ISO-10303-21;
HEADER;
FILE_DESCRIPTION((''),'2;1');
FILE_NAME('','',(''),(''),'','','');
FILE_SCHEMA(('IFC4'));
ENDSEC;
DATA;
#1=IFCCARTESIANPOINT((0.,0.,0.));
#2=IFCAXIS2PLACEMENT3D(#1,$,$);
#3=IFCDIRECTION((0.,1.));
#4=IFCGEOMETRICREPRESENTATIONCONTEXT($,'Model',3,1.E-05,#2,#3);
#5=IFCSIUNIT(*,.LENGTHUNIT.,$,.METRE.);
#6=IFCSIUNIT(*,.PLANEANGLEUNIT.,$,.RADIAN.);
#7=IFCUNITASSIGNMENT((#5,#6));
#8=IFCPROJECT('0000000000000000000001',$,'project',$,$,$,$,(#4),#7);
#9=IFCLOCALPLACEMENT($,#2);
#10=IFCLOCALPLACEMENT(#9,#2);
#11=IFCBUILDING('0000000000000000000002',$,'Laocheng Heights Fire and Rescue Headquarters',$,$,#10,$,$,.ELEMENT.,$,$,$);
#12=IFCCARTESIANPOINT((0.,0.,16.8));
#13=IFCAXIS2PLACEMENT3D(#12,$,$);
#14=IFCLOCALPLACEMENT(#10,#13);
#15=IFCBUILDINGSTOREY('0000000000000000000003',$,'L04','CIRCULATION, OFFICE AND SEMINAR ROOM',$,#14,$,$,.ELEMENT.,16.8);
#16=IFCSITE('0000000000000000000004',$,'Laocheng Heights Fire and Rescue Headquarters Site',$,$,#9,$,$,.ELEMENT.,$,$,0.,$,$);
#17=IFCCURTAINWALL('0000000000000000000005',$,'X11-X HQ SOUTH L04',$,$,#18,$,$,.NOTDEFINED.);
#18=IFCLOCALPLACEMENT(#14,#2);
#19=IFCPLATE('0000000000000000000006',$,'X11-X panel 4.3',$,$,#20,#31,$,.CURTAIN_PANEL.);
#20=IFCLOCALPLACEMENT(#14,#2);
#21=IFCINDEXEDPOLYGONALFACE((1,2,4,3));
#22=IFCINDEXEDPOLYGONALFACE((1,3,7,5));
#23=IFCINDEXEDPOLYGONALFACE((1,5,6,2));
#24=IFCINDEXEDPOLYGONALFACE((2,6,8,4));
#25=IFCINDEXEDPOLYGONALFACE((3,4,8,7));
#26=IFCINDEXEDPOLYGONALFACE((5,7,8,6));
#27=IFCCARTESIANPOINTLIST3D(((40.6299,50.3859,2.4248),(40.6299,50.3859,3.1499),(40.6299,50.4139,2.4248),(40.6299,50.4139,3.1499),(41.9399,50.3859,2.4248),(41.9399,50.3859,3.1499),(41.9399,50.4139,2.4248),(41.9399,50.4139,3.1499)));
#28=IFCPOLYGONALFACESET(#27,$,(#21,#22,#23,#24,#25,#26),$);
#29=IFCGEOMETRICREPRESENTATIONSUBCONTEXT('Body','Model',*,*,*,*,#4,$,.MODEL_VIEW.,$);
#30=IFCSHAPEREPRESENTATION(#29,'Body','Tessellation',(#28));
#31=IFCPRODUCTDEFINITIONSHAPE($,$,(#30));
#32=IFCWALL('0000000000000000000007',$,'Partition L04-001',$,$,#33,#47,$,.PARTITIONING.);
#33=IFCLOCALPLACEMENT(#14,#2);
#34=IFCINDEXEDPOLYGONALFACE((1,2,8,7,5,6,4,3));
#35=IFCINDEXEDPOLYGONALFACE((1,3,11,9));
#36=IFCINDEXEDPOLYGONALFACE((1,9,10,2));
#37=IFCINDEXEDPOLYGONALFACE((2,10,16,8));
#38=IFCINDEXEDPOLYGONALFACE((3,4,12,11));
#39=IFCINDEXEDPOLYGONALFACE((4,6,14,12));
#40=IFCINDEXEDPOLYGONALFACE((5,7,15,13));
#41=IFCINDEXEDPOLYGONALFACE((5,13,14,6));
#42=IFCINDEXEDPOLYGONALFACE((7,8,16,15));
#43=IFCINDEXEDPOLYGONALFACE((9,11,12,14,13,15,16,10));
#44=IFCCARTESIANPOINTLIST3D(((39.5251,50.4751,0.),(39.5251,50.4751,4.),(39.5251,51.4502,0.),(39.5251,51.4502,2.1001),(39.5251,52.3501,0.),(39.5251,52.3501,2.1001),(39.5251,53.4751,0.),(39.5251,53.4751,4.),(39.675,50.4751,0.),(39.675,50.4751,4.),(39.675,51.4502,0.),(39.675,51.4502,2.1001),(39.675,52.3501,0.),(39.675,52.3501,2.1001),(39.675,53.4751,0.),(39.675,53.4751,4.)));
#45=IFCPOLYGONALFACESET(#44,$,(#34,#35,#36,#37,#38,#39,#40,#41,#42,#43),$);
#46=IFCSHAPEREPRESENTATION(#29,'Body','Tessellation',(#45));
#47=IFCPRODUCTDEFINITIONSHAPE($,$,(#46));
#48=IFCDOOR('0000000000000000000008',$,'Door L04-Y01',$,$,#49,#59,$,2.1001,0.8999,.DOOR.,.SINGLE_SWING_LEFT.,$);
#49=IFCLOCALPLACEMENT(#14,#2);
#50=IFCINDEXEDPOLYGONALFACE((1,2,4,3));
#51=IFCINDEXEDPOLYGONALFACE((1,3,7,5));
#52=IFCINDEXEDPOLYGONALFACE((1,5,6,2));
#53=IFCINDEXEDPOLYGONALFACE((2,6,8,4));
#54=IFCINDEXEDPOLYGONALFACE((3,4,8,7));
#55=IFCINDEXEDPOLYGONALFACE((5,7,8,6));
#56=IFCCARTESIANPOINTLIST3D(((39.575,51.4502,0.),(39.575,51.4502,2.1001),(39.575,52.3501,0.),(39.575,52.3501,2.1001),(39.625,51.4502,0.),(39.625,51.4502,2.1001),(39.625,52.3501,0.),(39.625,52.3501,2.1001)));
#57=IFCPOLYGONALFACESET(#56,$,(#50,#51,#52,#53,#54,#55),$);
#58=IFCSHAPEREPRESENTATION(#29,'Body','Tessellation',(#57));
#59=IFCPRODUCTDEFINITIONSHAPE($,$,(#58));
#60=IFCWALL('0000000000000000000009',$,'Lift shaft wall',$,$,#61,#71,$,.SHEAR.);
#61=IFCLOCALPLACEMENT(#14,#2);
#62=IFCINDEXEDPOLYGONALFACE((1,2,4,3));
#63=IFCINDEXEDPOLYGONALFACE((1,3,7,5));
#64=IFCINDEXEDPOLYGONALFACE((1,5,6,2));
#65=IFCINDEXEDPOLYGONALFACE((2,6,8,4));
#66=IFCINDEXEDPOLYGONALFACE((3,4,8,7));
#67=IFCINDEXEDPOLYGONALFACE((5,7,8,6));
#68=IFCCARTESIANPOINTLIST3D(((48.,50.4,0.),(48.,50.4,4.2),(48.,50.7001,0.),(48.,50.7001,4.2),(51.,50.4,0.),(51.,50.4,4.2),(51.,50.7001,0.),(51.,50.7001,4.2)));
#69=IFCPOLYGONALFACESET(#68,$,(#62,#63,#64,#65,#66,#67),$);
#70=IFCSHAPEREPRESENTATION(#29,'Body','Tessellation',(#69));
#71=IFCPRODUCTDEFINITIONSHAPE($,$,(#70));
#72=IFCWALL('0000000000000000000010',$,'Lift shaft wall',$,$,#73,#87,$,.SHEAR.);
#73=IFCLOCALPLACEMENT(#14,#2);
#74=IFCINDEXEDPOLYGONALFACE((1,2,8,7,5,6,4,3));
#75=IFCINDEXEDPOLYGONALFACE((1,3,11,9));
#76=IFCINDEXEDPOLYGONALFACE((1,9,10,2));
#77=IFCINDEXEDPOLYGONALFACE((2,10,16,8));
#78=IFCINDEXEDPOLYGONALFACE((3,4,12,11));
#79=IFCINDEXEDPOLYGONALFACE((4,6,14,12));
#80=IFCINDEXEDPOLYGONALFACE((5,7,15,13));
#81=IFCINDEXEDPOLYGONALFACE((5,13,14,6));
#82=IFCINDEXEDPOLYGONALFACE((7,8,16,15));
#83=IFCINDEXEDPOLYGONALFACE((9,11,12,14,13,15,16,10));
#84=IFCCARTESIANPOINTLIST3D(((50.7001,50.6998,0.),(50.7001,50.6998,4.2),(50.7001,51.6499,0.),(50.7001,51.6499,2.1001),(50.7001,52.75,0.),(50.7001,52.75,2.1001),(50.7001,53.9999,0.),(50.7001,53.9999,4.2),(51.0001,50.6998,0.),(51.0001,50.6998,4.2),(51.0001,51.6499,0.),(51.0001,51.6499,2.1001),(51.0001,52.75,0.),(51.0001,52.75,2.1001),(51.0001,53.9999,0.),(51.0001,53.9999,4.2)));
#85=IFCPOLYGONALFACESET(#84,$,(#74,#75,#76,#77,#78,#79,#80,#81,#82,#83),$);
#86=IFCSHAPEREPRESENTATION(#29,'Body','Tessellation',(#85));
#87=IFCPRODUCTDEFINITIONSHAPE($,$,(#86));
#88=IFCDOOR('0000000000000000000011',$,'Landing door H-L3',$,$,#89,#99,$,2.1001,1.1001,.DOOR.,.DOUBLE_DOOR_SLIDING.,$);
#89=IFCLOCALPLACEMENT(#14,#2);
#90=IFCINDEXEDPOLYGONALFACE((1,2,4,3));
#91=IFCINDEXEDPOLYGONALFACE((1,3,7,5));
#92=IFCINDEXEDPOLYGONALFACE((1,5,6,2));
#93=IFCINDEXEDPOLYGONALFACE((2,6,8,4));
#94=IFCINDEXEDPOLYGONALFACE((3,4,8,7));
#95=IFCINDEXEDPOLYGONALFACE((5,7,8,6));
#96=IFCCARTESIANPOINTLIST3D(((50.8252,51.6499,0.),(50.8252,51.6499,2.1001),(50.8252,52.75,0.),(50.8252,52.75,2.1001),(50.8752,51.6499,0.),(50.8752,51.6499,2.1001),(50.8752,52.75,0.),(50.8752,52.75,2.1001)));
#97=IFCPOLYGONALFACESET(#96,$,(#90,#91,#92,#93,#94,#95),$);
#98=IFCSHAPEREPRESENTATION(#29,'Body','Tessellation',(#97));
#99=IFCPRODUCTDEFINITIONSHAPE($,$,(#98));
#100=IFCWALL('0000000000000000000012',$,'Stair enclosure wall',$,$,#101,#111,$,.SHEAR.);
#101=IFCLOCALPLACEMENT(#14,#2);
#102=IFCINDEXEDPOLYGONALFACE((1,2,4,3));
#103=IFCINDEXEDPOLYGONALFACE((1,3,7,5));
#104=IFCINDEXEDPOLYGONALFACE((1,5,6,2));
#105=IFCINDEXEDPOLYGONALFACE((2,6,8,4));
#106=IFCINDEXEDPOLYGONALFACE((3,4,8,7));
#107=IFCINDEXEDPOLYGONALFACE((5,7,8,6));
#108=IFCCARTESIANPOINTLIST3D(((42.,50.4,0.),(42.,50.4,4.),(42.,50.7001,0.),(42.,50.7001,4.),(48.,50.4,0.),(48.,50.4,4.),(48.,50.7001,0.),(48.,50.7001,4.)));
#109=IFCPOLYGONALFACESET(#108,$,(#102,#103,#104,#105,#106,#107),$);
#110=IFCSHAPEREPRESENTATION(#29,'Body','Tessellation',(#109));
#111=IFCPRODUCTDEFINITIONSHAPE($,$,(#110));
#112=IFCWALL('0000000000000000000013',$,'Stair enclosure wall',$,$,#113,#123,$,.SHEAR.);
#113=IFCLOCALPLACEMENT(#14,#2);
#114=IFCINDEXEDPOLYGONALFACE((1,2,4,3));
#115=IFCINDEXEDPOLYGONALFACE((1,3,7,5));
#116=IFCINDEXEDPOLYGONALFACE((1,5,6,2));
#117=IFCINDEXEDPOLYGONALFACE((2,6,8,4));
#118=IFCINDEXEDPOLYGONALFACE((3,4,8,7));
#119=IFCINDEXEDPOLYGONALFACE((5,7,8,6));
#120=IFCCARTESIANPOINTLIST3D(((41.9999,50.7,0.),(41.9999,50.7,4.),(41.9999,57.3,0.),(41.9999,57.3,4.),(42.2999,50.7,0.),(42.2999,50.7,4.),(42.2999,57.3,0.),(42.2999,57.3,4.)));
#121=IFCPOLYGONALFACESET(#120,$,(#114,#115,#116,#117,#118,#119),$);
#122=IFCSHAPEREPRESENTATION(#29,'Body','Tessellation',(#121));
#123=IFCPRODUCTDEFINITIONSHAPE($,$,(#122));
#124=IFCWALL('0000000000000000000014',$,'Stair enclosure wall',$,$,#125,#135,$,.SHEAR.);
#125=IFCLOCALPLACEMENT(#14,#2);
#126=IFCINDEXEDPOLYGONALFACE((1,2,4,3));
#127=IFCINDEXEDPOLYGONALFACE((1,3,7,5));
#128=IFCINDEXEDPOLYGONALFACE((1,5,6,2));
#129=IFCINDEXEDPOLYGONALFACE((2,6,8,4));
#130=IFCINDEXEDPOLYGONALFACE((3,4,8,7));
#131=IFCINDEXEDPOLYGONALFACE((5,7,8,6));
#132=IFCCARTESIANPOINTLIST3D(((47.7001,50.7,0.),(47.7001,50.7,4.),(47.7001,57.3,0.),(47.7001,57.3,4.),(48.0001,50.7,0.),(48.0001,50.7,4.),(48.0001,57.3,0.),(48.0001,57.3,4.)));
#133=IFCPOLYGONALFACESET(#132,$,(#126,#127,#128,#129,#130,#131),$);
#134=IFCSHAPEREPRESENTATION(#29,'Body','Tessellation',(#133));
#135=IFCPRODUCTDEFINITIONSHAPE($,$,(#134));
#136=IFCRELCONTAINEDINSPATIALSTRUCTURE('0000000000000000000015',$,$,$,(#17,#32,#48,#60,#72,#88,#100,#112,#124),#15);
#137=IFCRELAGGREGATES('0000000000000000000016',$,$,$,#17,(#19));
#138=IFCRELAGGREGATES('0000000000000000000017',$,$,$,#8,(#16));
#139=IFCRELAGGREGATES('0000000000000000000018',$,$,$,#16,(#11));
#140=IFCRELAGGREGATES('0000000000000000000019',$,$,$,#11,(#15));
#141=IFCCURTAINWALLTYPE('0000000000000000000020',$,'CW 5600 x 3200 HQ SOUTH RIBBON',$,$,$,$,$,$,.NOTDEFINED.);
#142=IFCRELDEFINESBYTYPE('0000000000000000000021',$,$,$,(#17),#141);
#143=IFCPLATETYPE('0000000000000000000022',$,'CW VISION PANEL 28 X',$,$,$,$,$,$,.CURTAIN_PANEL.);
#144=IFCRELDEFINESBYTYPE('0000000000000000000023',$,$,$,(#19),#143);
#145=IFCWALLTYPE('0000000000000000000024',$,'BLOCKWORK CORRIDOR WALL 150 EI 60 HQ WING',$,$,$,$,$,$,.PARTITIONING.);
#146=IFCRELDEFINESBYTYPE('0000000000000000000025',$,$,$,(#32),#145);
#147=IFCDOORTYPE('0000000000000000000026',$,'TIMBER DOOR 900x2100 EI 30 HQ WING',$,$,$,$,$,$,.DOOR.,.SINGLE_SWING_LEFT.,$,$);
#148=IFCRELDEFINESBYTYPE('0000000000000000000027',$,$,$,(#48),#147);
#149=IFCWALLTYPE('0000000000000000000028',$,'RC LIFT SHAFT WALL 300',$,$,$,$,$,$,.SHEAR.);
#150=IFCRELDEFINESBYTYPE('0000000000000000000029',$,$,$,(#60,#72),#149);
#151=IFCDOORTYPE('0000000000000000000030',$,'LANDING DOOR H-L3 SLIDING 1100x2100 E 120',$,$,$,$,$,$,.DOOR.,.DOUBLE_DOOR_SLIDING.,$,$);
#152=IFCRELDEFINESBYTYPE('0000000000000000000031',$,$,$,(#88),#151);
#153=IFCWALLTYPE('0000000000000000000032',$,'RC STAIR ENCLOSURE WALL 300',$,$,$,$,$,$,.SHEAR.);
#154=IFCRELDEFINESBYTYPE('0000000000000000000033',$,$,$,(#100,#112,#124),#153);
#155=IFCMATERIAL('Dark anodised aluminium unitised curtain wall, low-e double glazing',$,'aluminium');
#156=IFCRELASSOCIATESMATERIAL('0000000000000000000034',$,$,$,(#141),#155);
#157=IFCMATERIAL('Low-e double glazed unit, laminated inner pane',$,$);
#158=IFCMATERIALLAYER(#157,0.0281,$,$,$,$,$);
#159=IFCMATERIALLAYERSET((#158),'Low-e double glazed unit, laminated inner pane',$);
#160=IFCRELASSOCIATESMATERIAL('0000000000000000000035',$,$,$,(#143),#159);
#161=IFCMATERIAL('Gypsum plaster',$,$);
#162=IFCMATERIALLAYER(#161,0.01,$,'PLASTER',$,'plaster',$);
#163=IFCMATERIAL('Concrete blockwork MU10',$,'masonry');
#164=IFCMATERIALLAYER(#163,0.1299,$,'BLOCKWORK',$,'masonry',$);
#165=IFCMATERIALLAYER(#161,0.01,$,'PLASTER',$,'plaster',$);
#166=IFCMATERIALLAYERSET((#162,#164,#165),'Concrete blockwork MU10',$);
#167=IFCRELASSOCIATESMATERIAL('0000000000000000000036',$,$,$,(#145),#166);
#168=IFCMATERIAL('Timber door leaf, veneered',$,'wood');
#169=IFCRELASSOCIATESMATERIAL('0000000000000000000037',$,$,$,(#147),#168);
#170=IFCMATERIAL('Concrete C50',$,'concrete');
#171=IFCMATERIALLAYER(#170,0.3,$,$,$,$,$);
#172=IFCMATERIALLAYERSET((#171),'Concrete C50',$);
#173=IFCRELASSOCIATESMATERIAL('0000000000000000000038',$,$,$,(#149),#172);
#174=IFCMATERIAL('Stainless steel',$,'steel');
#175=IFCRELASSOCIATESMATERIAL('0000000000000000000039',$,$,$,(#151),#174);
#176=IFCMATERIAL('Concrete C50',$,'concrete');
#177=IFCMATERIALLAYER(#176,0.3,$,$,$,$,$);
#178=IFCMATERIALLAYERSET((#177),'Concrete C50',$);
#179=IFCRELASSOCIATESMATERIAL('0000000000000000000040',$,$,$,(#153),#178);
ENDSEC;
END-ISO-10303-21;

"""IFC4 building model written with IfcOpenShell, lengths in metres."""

from ifc_helpers import new_model, si_unit, direction, frame, frame_2d, origin, origin_2d, place, context, subcontext, project, spatial, rectangle, extrude, material, layer, layer_set, type_object, element, fill, aggregate, save


model = new_model("IFC4")

# Units and contexts
model_context = context("Model", 3, precision=1e-05, world=origin(), true_north=direction((0.0, 1.0)))
body_context = subcontext(model_context, "Body", "Model", "MODEL_VIEW")
ifc_project = project(units=[si_unit("LENGTHUNIT", "METRE"), si_unit("PLANEANGLEUNIT", "RADIAN")], contexts=[model_context])

# Site, building, storey
site_placement = place(None, origin())
site = spatial("IfcSite", under=ifc_project, at=site_placement, Name="Laocheng Heights Fire and Rescue Headquarters Site", CompositionType="ELEMENT", RefElevation=0.0)
building_placement = place(site_placement, origin())
building = spatial("IfcBuilding", under=site, at=building_placement, Name="Laocheng Heights Fire and Rescue Headquarters", CompositionType="ELEMENT")
storey_placement = place(building_placement, frame((0.0, 0.0, 16.8)))
storey = spatial("IfcBuildingStorey", under=building, at=storey_placement, Name="L04", Description="CIRCULATION, OFFICE AND SEMINAR ROOM", CompositionType="ELEMENT", Elevation=16.8)

# Curtain wall
ifc_material_1 = material(Name="Dark anodised aluminium unitised curtain wall, low-e double glazing", Category="aluminium")
curtain_wall_type_1 = type_object("IfcCurtainWallType", Name="CW 5600 x 3200 HQ SOUTH RIBBON", PredefinedType="NOTDEFINED", material=ifc_material_1)
curtain_wall_1_placement = place(storey_placement, origin())
curtain_wall_1 = element("IfcCurtainWall", 1, at=curtain_wall_1_placement, inside=storey, type_object=curtain_wall_type_1, Name="X11-X HQ SOUTH L04", PredefinedType="NOTDEFINED")

# Plate
ifc_material_2 = material(Name="Low-e double glazed unit, laminated inner pane")
ifc_layer_1 = layer(ifc_material_2, 0.0281)
ifc_layer_set_1 = layer_set([ifc_layer_1], Name="Low-e double glazed unit, laminated inner pane")
plate_type_1 = type_object("IfcPlateType", Name="CW VISION PANEL 28 X", PredefinedType="CURTAIN_PANEL", material=ifc_layer_set_1)
plate_1_placement = place(storey_placement, frame((41.2849, 50.3999, 2.4248), z_axis=(0.0, 0.0, 1.0), x_axis=(1.0, 0.0, 0.0)))
plate_1 = element("IfcPlate", 2, at=plate_1_placement, type_object=plate_type_1, Name="X11-X panel 4.3", PredefinedType="CURTAIN_PANEL", context=body_context, shape_type="SweptSolid", body=[
    extrude(rectangle(XDim=1.3101, YDim=0.0281, at=origin_2d()), origin(), (0.0, 0.0, 1.0), 0.7251),
])
aggregate(curtain_wall_1, [plate_1])

# Wall, opening, door
ifc_material_3 = material(Name="Gypsum plaster")
ifc_layer_2 = layer(ifc_material_3, 0.01, Name="PLASTER", Category="plaster")
ifc_material_4 = material(Name="Concrete blockwork MU10", Category="masonry")
ifc_layer_3 = layer(ifc_material_4, 0.1299, Name="BLOCKWORK", Category="masonry")
ifc_layer_4 = layer(ifc_material_3, 0.01, Name="PLASTER", Category="plaster")
ifc_layer_set_2 = layer_set([ifc_layer_2, ifc_layer_3, ifc_layer_4], Name="Concrete blockwork MU10")
wall_type_1 = type_object("IfcWallType", Name="BLOCKWORK CORRIDOR WALL 150 EI 60 HQ WING", PredefinedType="PARTITIONING", material=ifc_layer_set_2)
wall_1_placement = place(storey_placement, frame((39.6001, 50.4751, 0.0), z_axis=(0.0, 0.0, 1.0), x_axis=(0.0, 1.0, 0.0)))
wall_1 = element("IfcWall", 3, at=wall_1_placement, inside=storey, type_object=wall_type_1, Name="Partition L04-001", PredefinedType="PARTITIONING", context=body_context, shape_type="SweptSolid", body=[
    extrude(rectangle(XDim=3.0, YDim=0.1499, at=frame_2d((1.5, 0.0))), origin(), (0.0, 0.0, 1.0), 4.0),
])
opening_1_placement = place(wall_1_placement, frame((0.9751, 0.0, 0.0)))
opening_1 = element("IfcOpeningElement", 4, at=opening_1_placement, cuts=wall_1, PredefinedType="OPENING", context=body_context, shape_type="SweptSolid", body=[
    extrude(rectangle(XDim=0.8999, YDim=2.1001, at=frame_2d((0.45, 1.05))), frame((0.0, 0.085, 0.0), z_axis=(0.0, -1.0, 0.0), x_axis=(1.0, 0.0, 0.0)), (0.0, 0.0, 1.0), 0.1699),
])
ifc_material_5 = material(Name="Timber door leaf, veneered", Category="wood")
door_type_1 = type_object("IfcDoorType", Name="TIMBER DOOR 900x2100 EI 30 HQ WING", OperationType="SINGLE_SWING_LEFT", PredefinedType="DOOR", material=ifc_material_5)
door_1_placement = place(opening_1_placement, frame((0.8999, 0.0, 0.0), z_axis=(0.0, 0.0, 1.0), x_axis=(-1.0, 0.0, 0.0)))
door_1 = element("IfcDoor", 5, at=door_1_placement, inside=storey, type_object=door_type_1, Name="Door L04-Y01", OperationType="SINGLE_SWING_LEFT", OverallHeight=2.1001, OverallWidth=0.8999, PredefinedType="DOOR", context=body_context, shape_type="SweptSolid", body=[
    extrude(rectangle(XDim=0.8999, YDim=2.1001, at=frame_2d((0.45, 1.05))), frame((0.0, 0.0249, 0.0), z_axis=(0.0, -1.0, 0.0), x_axis=(1.0, 0.0, 0.0)), (0.0, 0.0, 1.0), 0.05),
])
fill(opening_1, door_1)

# Wall
ifc_material_6 = material(Name="Concrete C50", Category="concrete")
ifc_layer_5 = layer(ifc_material_6, 0.3)
ifc_layer_set_3 = layer_set([ifc_layer_5], Name="Concrete C50")
wall_type_2 = type_object("IfcWallType", Name="RC LIFT SHAFT WALL 300", PredefinedType="SHEAR", material=ifc_layer_set_3)
wall_2_placement = place(storey_placement, frame((48.0, 50.55, 0.0), z_axis=(0.0, 0.0, 1.0), x_axis=(1.0, 0.0, 0.0)))
element("IfcWall", 6, at=wall_2_placement, inside=storey, type_object=wall_type_2, Name="Lift shaft wall", PredefinedType="SHEAR", context=body_context, shape_type="SweptSolid", body=[
    extrude(rectangle(XDim=3.0, YDim=0.3, at=frame_2d((1.5, 0.0))), origin(), (0.0, 0.0, 1.0), 4.2),
])

# Wall, opening, door
wall_3_placement = place(storey_placement, frame((50.8501, 50.7, 0.0), z_axis=(0.0, 0.0, 1.0), x_axis=(0.0, 1.0, 0.0)))
wall_3 = element("IfcWall", 7, at=wall_3_placement, inside=storey, type_object=wall_type_2, Name="Lift shaft wall", PredefinedType="SHEAR", context=body_context, shape_type="SweptSolid", body=[
    extrude(rectangle(XDim=3.3, YDim=0.3, at=frame_2d((1.6499, 0.0))), origin(), (0.0, 0.0, 1.0), 4.2),
])
opening_2_placement = place(wall_3_placement, frame((0.95, 0.0, 0.0)))
opening_2 = element("IfcOpeningElement", 8, at=opening_2_placement, cuts=wall_3, PredefinedType="OPENING", context=body_context, shape_type="SweptSolid", body=[
    extrude(rectangle(XDim=1.1001, YDim=2.1001, at=frame_2d((0.55, 1.05))), frame((0.0, 0.1599, 0.0), z_axis=(0.0, -1.0, 0.0), x_axis=(1.0, 0.0, 0.0)), (0.0, 0.0, 1.0), 0.3201),
])
ifc_material_7 = material(Name="Stainless steel", Category="steel")
door_type_2 = type_object("IfcDoorType", Name="LANDING DOOR H-L3 SLIDING 1100x2100 E 120", OperationType="DOUBLE_DOOR_SLIDING", PredefinedType="DOOR", material=ifc_material_7)
door_2_placement = place(opening_2_placement, origin())
door_2 = element("IfcDoor", 9, at=door_2_placement, inside=storey, type_object=door_type_2, Name="Landing door H-L3", OperationType="DOUBLE_DOOR_SLIDING", OverallHeight=2.1001, OverallWidth=1.1001, PredefinedType="DOOR", context=body_context, shape_type="SweptSolid", body=[
    extrude(rectangle(XDim=1.1001, YDim=2.1001, at=frame_2d((0.55, 1.05))), frame((0.0, 0.0249, 0.0), z_axis=(0.0, -1.0, 0.0), x_axis=(1.0, 0.0, 0.0)), (0.0, 0.0, 1.0), 0.05),
])
fill(opening_2, door_2)

# Walls
ifc_material_8 = material(Name="Concrete C50", Category="concrete")
ifc_layer_6 = layer(ifc_material_8, 0.3)
ifc_layer_set_4 = layer_set([ifc_layer_6], Name="Concrete C50")
wall_type_3 = type_object("IfcWallType", Name="RC STAIR ENCLOSURE WALL 300", PredefinedType="SHEAR", material=ifc_layer_set_4)
wall_4_placement = place(storey_placement, frame((42.0, 50.55, 0.0), z_axis=(0.0, 0.0, 1.0), x_axis=(1.0, 0.0, 0.0)))
element("IfcWall", 10, at=wall_4_placement, inside=storey, type_object=wall_type_3, Name="Stair enclosure wall", PredefinedType="SHEAR", context=body_context, shape_type="SweptSolid", body=[
    extrude(rectangle(XDim=6.0, YDim=0.3, at=frame_2d((3.0, 0.0))), origin(), (0.0, 0.0, 1.0), 4.0),
])
for number, where, z_axis, x_axis, name in (
    (11, (42.1499, 50.7, 0.0), (0.0, 0.0, 1.0), (0.0, 1.0, 0.0), "Stair enclosure wall"),
    (12, (47.8501, 50.7, 0.0), (0.0, 0.0, 1.0), (0.0, 1.0, 0.0), "Stair enclosure wall"),
):
    element("IfcWall", number, at=place(storey_placement, frame(where, z_axis=z_axis, x_axis=x_axis)), inside=storey, type_object=wall_type_3, Name=name, PredefinedType="SHEAR", context=body_context, shape_type="SweptSolid", body=[
        extrude(rectangle(XDim=6.6001, YDim=0.3, at=frame_2d((3.3, 0.0))), origin(), (0.0, 0.0, 1.0), 4.0),
    ])

save(model, "model.ifc")
